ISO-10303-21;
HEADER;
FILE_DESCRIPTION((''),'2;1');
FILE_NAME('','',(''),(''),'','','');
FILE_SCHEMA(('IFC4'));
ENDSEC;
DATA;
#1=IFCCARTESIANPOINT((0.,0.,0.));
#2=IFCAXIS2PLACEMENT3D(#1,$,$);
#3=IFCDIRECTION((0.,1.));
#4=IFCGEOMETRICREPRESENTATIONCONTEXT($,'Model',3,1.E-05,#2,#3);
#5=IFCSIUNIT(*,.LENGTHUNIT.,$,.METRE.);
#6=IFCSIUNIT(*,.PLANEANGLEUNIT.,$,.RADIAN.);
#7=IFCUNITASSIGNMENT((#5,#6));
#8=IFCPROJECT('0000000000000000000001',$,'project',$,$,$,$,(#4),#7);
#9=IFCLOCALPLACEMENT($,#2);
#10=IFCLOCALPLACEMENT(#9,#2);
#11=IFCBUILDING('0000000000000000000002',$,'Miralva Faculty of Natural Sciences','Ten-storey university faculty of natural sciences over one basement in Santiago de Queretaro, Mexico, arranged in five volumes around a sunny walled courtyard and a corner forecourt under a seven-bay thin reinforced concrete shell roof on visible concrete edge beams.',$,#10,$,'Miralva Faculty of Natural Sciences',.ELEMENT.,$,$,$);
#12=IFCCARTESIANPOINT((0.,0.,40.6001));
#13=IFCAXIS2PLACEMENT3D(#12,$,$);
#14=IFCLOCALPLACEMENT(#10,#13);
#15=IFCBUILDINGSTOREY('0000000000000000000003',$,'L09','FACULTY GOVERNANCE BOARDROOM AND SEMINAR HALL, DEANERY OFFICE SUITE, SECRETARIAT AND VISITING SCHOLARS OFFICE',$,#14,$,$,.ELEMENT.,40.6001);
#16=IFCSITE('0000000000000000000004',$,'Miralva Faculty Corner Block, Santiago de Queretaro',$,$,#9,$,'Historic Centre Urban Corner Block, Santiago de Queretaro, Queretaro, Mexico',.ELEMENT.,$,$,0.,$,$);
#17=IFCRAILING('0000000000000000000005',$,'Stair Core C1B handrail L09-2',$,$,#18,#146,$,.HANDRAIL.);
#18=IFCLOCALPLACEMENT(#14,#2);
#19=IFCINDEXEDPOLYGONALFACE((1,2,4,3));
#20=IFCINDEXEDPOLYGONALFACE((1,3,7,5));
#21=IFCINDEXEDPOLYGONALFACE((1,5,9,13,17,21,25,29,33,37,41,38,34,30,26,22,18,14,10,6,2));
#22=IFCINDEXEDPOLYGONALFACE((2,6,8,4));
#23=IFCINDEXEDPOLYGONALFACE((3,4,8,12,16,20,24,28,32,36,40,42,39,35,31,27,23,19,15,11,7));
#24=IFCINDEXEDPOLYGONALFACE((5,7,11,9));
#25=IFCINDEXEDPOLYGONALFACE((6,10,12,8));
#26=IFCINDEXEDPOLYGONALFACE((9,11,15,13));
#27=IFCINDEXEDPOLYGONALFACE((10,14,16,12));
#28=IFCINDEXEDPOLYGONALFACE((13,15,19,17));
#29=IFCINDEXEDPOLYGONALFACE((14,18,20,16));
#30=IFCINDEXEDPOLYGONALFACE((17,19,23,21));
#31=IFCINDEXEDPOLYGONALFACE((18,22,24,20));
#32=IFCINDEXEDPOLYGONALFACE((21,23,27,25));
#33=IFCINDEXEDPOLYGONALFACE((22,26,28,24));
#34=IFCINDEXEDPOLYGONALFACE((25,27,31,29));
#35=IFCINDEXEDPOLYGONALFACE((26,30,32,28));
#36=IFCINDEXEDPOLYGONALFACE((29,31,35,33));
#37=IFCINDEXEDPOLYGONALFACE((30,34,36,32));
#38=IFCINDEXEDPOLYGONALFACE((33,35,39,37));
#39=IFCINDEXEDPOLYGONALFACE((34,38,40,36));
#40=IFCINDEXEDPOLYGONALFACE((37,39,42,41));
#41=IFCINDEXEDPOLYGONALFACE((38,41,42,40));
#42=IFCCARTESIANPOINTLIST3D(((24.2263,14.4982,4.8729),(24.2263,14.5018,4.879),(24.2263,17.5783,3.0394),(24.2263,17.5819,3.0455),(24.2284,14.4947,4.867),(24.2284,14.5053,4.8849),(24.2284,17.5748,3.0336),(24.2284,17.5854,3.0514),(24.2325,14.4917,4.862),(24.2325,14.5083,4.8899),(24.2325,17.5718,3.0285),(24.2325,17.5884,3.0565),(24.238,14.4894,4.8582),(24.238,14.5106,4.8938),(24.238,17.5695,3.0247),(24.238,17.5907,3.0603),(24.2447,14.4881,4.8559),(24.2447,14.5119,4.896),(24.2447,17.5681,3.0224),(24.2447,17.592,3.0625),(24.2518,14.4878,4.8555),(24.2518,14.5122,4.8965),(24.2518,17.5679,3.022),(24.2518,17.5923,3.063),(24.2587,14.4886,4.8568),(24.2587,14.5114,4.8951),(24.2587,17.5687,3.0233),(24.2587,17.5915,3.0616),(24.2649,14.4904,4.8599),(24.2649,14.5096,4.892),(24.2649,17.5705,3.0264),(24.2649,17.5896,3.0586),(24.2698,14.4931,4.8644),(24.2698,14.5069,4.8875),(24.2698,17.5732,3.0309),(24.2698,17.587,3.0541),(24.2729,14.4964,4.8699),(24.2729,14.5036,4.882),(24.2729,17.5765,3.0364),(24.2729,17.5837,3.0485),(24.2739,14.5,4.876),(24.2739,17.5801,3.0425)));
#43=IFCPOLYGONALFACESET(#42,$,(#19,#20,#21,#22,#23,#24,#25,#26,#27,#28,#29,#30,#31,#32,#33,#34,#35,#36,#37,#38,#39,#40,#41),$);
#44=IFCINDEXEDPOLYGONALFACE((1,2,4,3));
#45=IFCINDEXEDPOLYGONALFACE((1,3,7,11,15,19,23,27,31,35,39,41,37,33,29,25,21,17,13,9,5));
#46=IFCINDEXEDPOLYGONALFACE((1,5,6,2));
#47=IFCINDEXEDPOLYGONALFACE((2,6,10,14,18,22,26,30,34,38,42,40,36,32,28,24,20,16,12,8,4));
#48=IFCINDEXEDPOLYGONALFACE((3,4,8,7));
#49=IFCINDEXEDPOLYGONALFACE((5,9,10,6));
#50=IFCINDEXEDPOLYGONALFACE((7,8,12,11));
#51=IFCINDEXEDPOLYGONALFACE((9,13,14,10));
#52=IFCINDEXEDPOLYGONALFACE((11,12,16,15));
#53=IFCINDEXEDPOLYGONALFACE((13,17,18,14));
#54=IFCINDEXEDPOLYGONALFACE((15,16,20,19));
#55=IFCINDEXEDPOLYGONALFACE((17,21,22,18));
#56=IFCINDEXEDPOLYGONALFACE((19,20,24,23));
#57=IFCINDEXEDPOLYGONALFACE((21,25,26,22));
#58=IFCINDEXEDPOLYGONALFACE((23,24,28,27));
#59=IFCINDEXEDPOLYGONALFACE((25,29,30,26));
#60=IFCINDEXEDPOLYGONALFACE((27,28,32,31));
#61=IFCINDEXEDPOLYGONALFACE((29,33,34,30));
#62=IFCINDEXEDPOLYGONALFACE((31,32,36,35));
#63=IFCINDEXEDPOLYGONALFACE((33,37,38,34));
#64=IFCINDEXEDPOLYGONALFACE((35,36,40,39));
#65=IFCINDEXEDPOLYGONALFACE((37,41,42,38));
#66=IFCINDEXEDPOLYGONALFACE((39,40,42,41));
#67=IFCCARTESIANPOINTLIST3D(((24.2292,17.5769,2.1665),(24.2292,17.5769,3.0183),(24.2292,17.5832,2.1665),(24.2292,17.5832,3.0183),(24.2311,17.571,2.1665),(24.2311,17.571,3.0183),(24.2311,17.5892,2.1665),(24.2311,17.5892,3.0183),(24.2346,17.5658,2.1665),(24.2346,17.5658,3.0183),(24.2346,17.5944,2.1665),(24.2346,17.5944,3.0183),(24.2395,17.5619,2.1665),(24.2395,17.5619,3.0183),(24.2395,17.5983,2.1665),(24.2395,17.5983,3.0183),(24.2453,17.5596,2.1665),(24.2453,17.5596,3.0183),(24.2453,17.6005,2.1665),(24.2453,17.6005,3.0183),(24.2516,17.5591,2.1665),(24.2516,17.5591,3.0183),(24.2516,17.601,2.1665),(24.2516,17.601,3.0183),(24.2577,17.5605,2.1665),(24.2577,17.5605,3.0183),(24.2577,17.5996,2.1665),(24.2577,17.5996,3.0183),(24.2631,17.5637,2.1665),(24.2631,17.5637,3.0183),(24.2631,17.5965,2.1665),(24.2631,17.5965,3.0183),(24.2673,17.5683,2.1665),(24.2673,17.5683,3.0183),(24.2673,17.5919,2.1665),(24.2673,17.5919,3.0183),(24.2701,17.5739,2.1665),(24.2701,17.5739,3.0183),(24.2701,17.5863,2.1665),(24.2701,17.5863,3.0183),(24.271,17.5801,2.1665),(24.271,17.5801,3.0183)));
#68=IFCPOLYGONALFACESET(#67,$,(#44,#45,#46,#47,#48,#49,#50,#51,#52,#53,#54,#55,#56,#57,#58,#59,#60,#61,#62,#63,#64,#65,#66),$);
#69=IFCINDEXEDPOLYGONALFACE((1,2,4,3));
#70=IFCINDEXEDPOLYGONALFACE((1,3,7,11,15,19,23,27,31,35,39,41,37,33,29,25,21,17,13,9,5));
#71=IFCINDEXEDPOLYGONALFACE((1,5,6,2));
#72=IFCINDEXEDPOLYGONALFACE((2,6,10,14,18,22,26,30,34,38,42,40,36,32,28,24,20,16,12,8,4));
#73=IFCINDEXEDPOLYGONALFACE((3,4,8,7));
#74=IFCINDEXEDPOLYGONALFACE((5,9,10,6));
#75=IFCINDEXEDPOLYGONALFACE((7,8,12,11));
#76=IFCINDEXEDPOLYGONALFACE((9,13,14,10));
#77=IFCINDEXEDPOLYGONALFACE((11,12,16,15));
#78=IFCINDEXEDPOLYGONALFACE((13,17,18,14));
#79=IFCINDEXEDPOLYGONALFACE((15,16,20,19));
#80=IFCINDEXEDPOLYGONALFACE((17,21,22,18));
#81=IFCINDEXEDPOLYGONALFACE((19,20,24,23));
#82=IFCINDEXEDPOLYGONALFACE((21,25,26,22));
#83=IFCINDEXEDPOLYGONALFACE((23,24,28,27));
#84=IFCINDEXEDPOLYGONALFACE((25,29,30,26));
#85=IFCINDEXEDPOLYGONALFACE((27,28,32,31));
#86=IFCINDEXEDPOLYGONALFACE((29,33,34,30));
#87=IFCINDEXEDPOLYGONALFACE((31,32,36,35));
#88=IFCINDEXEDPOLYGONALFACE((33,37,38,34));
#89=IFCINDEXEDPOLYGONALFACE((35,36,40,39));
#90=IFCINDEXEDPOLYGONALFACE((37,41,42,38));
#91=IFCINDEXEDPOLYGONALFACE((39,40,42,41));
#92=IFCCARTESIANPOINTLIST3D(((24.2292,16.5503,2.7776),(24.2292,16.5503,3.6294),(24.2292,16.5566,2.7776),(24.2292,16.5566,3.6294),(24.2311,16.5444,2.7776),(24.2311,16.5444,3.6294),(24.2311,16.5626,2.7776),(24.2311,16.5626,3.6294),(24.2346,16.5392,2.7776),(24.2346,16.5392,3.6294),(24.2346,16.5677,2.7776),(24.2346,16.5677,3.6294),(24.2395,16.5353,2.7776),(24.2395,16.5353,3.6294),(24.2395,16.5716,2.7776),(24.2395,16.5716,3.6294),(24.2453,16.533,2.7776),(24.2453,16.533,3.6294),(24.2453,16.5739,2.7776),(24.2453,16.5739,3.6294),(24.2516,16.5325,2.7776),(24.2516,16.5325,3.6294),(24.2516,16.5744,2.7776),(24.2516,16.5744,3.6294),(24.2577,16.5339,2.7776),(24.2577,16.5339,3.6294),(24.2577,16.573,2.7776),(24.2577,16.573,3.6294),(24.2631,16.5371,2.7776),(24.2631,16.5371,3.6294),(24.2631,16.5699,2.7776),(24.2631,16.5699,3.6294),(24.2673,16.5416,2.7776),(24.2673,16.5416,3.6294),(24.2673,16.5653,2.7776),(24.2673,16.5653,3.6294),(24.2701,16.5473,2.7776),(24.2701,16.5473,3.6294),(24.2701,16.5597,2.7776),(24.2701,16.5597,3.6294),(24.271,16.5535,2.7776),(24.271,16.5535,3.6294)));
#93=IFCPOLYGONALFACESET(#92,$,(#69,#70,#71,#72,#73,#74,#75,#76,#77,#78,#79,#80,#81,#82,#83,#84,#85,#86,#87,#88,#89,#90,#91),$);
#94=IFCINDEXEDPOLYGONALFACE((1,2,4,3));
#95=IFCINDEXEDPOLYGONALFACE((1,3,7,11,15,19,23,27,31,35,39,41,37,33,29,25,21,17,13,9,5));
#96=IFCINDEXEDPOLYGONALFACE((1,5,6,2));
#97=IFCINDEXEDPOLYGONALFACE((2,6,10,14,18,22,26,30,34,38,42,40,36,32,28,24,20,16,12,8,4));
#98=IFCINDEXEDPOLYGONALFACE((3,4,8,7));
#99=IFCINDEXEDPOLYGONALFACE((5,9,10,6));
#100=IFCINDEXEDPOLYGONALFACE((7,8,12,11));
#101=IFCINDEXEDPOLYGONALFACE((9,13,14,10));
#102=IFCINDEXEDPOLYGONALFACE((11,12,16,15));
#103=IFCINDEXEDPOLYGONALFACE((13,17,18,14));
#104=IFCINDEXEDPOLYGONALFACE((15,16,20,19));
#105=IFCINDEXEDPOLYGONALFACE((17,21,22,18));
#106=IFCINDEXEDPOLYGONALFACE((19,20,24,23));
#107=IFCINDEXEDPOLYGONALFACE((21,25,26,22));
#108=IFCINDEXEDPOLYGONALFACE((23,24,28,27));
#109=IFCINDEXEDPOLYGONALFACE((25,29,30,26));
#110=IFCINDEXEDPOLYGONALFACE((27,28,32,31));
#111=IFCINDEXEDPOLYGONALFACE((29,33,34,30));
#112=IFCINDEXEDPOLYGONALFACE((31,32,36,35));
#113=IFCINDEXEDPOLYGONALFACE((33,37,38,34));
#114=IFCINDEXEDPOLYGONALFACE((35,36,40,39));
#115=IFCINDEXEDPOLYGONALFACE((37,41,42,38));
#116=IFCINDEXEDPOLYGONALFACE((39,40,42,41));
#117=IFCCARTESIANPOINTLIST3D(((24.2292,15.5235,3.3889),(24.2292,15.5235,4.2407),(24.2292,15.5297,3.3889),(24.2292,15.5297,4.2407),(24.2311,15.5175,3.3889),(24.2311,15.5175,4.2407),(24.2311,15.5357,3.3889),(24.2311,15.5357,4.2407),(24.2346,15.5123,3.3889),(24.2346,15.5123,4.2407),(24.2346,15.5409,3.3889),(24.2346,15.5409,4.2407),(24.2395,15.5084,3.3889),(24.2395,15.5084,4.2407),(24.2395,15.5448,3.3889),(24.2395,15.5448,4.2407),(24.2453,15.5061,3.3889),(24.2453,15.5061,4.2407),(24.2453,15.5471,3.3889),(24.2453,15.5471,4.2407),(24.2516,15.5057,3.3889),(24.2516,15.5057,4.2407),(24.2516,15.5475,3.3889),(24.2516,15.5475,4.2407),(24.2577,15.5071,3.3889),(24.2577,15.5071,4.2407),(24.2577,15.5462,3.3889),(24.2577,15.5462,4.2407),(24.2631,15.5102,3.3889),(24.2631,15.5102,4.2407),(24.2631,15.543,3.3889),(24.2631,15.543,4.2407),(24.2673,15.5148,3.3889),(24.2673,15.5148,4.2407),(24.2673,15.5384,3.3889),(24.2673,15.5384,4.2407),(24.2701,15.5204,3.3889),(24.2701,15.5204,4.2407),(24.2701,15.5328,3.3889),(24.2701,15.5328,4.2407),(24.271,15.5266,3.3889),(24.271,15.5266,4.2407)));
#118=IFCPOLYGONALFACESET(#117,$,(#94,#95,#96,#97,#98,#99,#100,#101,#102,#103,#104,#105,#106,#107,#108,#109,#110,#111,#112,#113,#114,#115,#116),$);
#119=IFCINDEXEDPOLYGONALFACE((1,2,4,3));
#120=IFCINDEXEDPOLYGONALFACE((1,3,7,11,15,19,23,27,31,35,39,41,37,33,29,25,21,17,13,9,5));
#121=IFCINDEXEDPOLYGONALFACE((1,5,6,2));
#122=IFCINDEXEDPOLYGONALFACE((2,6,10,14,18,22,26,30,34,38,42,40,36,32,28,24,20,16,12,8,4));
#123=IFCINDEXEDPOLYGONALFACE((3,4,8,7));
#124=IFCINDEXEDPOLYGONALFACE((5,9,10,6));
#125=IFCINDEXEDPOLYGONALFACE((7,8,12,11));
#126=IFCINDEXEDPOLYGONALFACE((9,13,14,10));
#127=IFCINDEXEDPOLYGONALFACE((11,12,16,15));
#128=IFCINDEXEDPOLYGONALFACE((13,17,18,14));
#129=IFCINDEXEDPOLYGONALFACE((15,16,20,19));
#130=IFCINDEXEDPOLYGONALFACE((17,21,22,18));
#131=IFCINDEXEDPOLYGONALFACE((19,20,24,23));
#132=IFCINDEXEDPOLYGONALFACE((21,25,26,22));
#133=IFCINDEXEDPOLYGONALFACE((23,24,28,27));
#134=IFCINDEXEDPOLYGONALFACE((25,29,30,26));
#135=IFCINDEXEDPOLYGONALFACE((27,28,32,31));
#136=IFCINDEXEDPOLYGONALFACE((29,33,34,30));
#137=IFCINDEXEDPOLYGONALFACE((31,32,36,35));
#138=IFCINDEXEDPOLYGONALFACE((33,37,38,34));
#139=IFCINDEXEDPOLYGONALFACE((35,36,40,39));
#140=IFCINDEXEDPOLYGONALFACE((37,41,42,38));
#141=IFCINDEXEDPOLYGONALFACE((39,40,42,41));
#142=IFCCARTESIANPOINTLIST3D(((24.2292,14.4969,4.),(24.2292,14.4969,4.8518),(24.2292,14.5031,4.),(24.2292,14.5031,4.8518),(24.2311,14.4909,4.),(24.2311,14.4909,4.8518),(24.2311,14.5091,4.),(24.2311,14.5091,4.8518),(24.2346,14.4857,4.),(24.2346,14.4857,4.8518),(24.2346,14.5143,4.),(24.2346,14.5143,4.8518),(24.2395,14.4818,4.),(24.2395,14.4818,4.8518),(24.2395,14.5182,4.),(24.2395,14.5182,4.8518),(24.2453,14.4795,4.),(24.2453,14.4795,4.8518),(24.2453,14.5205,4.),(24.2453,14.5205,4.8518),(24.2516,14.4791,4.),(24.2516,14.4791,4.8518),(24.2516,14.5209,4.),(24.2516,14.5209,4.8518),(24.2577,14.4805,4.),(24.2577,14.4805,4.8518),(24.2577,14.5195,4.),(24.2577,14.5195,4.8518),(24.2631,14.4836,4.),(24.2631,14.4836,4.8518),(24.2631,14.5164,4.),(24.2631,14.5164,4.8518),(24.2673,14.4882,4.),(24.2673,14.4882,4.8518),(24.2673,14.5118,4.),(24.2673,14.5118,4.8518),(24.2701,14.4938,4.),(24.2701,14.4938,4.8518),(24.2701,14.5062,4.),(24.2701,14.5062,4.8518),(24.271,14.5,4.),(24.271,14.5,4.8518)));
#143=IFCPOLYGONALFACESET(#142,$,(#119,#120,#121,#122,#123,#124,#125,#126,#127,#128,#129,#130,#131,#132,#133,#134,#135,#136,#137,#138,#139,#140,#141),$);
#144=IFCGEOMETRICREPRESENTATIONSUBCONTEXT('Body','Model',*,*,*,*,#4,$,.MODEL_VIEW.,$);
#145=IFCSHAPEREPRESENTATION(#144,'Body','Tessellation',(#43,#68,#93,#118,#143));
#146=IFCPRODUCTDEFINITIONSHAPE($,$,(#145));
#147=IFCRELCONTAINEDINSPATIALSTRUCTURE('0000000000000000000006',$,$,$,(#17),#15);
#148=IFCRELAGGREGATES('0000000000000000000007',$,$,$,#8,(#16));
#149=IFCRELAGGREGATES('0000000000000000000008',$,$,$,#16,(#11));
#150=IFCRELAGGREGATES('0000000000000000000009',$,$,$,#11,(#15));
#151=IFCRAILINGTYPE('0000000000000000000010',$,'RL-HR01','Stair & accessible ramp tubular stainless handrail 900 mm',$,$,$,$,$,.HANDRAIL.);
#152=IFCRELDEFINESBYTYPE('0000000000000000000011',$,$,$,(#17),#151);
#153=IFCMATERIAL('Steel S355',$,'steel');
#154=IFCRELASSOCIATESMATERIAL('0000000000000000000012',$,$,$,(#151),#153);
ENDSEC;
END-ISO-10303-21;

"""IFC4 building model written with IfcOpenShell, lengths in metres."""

from ifc_helpers import new_model, si_unit, direction, frame, origin, origin_2d, place, context, subcontext, project, spatial, circle, extrude, material, type_object, element, save


model = new_model("IFC4")

# Units and contexts
model_context = context("Model", 3, precision=1e-05, world=origin(), true_north=direction((0.0, 1.0)))
body_context = subcontext(model_context, "Body", "Model", "MODEL_VIEW")
ifc_project = project(units=[si_unit("LENGTHUNIT", "METRE"), si_unit("PLANEANGLEUNIT", "RADIAN")], contexts=[model_context])

# Site, building, storey
site_placement = place(None, origin())
site = spatial("IfcSite", under=ifc_project, at=site_placement, Name="Miralva Faculty Corner Block, Santiago de Queretaro", LongName="Historic Centre Urban Corner Block, Santiago de Queretaro, Queretaro, Mexico", CompositionType="ELEMENT", RefElevation=0.0)
building_placement = place(site_placement, origin())
building = spatial("IfcBuilding", under=site, at=building_placement, Name="Miralva Faculty of Natural Sciences", Description="Ten-storey university faculty of natural sciences over one basement in Santiago de Queretaro, Mexico, arranged in five volumes around a sunny walled courtyard and a corner forecourt under a seven-bay thin reinforced concrete shell roof on visible concrete edge beams.", LongName="Miralva Faculty of Natural Sciences", CompositionType="ELEMENT")
storey_placement = place(building_placement, frame((0.0, 0.0, 40.6001)))
storey = spatial("IfcBuildingStorey", under=building, at=storey_placement, Name="L09", Description="FACULTY GOVERNANCE BOARDROOM AND SEMINAR HALL, DEANERY OFFICE SUITE, SECRETARIAT AND VISITING SCHOLARS OFFICE", CompositionType="ELEMENT", Elevation=40.6001)

# Railing
ifc_material_1 = material(Name="Steel S355", Category="steel")
railing_type_1 = type_object("IfcRailingType", Name="RL-HR01", Description="Stair & accessible ramp tubular stainless handrail 900 mm", PredefinedType="HANDRAIL", material=ifc_material_1)
railing_1_placement = place(storey_placement, frame((24.25, 17.5801, 2.1665)))
element("IfcRailing", 1, at=railing_1_placement, inside=storey, type_object=railing_type_1, Name="Stair Core C1B handrail L09-2", PredefinedType="HANDRAIL", context=body_context, shape_type="SweptSolid", body=[
    extrude(circle(Radius=0.0239, at=origin_2d()), frame((0.0, 0.0, 0.876), z_axis=(0.0, -0.859279, 0.511508), x_axis=(1.0, 0.0, 0.0)), (0.0, 0.0, 1.0), 3.5845),
    extrude(circle(Radius=0.021, at=origin_2d()), origin(), (0.0, 0.0, 1.0), 0.8518),
    extrude(circle(Radius=0.021, at=origin_2d()), frame((0.0, -1.0266, 0.6111)), (0.0, 0.0, 1.0), 0.8518),
    extrude(circle(Radius=0.021, at=origin_2d()), frame((0.0, -2.0535, 1.2224)), (0.0, 0.0, 1.0), 0.8518),
    extrude(circle(Radius=0.021, at=origin_2d()), frame((0.0, -3.0801, 1.8335)), (0.0, 0.0, 1.0), 0.8518),
])

save(model, "model.ifc")
